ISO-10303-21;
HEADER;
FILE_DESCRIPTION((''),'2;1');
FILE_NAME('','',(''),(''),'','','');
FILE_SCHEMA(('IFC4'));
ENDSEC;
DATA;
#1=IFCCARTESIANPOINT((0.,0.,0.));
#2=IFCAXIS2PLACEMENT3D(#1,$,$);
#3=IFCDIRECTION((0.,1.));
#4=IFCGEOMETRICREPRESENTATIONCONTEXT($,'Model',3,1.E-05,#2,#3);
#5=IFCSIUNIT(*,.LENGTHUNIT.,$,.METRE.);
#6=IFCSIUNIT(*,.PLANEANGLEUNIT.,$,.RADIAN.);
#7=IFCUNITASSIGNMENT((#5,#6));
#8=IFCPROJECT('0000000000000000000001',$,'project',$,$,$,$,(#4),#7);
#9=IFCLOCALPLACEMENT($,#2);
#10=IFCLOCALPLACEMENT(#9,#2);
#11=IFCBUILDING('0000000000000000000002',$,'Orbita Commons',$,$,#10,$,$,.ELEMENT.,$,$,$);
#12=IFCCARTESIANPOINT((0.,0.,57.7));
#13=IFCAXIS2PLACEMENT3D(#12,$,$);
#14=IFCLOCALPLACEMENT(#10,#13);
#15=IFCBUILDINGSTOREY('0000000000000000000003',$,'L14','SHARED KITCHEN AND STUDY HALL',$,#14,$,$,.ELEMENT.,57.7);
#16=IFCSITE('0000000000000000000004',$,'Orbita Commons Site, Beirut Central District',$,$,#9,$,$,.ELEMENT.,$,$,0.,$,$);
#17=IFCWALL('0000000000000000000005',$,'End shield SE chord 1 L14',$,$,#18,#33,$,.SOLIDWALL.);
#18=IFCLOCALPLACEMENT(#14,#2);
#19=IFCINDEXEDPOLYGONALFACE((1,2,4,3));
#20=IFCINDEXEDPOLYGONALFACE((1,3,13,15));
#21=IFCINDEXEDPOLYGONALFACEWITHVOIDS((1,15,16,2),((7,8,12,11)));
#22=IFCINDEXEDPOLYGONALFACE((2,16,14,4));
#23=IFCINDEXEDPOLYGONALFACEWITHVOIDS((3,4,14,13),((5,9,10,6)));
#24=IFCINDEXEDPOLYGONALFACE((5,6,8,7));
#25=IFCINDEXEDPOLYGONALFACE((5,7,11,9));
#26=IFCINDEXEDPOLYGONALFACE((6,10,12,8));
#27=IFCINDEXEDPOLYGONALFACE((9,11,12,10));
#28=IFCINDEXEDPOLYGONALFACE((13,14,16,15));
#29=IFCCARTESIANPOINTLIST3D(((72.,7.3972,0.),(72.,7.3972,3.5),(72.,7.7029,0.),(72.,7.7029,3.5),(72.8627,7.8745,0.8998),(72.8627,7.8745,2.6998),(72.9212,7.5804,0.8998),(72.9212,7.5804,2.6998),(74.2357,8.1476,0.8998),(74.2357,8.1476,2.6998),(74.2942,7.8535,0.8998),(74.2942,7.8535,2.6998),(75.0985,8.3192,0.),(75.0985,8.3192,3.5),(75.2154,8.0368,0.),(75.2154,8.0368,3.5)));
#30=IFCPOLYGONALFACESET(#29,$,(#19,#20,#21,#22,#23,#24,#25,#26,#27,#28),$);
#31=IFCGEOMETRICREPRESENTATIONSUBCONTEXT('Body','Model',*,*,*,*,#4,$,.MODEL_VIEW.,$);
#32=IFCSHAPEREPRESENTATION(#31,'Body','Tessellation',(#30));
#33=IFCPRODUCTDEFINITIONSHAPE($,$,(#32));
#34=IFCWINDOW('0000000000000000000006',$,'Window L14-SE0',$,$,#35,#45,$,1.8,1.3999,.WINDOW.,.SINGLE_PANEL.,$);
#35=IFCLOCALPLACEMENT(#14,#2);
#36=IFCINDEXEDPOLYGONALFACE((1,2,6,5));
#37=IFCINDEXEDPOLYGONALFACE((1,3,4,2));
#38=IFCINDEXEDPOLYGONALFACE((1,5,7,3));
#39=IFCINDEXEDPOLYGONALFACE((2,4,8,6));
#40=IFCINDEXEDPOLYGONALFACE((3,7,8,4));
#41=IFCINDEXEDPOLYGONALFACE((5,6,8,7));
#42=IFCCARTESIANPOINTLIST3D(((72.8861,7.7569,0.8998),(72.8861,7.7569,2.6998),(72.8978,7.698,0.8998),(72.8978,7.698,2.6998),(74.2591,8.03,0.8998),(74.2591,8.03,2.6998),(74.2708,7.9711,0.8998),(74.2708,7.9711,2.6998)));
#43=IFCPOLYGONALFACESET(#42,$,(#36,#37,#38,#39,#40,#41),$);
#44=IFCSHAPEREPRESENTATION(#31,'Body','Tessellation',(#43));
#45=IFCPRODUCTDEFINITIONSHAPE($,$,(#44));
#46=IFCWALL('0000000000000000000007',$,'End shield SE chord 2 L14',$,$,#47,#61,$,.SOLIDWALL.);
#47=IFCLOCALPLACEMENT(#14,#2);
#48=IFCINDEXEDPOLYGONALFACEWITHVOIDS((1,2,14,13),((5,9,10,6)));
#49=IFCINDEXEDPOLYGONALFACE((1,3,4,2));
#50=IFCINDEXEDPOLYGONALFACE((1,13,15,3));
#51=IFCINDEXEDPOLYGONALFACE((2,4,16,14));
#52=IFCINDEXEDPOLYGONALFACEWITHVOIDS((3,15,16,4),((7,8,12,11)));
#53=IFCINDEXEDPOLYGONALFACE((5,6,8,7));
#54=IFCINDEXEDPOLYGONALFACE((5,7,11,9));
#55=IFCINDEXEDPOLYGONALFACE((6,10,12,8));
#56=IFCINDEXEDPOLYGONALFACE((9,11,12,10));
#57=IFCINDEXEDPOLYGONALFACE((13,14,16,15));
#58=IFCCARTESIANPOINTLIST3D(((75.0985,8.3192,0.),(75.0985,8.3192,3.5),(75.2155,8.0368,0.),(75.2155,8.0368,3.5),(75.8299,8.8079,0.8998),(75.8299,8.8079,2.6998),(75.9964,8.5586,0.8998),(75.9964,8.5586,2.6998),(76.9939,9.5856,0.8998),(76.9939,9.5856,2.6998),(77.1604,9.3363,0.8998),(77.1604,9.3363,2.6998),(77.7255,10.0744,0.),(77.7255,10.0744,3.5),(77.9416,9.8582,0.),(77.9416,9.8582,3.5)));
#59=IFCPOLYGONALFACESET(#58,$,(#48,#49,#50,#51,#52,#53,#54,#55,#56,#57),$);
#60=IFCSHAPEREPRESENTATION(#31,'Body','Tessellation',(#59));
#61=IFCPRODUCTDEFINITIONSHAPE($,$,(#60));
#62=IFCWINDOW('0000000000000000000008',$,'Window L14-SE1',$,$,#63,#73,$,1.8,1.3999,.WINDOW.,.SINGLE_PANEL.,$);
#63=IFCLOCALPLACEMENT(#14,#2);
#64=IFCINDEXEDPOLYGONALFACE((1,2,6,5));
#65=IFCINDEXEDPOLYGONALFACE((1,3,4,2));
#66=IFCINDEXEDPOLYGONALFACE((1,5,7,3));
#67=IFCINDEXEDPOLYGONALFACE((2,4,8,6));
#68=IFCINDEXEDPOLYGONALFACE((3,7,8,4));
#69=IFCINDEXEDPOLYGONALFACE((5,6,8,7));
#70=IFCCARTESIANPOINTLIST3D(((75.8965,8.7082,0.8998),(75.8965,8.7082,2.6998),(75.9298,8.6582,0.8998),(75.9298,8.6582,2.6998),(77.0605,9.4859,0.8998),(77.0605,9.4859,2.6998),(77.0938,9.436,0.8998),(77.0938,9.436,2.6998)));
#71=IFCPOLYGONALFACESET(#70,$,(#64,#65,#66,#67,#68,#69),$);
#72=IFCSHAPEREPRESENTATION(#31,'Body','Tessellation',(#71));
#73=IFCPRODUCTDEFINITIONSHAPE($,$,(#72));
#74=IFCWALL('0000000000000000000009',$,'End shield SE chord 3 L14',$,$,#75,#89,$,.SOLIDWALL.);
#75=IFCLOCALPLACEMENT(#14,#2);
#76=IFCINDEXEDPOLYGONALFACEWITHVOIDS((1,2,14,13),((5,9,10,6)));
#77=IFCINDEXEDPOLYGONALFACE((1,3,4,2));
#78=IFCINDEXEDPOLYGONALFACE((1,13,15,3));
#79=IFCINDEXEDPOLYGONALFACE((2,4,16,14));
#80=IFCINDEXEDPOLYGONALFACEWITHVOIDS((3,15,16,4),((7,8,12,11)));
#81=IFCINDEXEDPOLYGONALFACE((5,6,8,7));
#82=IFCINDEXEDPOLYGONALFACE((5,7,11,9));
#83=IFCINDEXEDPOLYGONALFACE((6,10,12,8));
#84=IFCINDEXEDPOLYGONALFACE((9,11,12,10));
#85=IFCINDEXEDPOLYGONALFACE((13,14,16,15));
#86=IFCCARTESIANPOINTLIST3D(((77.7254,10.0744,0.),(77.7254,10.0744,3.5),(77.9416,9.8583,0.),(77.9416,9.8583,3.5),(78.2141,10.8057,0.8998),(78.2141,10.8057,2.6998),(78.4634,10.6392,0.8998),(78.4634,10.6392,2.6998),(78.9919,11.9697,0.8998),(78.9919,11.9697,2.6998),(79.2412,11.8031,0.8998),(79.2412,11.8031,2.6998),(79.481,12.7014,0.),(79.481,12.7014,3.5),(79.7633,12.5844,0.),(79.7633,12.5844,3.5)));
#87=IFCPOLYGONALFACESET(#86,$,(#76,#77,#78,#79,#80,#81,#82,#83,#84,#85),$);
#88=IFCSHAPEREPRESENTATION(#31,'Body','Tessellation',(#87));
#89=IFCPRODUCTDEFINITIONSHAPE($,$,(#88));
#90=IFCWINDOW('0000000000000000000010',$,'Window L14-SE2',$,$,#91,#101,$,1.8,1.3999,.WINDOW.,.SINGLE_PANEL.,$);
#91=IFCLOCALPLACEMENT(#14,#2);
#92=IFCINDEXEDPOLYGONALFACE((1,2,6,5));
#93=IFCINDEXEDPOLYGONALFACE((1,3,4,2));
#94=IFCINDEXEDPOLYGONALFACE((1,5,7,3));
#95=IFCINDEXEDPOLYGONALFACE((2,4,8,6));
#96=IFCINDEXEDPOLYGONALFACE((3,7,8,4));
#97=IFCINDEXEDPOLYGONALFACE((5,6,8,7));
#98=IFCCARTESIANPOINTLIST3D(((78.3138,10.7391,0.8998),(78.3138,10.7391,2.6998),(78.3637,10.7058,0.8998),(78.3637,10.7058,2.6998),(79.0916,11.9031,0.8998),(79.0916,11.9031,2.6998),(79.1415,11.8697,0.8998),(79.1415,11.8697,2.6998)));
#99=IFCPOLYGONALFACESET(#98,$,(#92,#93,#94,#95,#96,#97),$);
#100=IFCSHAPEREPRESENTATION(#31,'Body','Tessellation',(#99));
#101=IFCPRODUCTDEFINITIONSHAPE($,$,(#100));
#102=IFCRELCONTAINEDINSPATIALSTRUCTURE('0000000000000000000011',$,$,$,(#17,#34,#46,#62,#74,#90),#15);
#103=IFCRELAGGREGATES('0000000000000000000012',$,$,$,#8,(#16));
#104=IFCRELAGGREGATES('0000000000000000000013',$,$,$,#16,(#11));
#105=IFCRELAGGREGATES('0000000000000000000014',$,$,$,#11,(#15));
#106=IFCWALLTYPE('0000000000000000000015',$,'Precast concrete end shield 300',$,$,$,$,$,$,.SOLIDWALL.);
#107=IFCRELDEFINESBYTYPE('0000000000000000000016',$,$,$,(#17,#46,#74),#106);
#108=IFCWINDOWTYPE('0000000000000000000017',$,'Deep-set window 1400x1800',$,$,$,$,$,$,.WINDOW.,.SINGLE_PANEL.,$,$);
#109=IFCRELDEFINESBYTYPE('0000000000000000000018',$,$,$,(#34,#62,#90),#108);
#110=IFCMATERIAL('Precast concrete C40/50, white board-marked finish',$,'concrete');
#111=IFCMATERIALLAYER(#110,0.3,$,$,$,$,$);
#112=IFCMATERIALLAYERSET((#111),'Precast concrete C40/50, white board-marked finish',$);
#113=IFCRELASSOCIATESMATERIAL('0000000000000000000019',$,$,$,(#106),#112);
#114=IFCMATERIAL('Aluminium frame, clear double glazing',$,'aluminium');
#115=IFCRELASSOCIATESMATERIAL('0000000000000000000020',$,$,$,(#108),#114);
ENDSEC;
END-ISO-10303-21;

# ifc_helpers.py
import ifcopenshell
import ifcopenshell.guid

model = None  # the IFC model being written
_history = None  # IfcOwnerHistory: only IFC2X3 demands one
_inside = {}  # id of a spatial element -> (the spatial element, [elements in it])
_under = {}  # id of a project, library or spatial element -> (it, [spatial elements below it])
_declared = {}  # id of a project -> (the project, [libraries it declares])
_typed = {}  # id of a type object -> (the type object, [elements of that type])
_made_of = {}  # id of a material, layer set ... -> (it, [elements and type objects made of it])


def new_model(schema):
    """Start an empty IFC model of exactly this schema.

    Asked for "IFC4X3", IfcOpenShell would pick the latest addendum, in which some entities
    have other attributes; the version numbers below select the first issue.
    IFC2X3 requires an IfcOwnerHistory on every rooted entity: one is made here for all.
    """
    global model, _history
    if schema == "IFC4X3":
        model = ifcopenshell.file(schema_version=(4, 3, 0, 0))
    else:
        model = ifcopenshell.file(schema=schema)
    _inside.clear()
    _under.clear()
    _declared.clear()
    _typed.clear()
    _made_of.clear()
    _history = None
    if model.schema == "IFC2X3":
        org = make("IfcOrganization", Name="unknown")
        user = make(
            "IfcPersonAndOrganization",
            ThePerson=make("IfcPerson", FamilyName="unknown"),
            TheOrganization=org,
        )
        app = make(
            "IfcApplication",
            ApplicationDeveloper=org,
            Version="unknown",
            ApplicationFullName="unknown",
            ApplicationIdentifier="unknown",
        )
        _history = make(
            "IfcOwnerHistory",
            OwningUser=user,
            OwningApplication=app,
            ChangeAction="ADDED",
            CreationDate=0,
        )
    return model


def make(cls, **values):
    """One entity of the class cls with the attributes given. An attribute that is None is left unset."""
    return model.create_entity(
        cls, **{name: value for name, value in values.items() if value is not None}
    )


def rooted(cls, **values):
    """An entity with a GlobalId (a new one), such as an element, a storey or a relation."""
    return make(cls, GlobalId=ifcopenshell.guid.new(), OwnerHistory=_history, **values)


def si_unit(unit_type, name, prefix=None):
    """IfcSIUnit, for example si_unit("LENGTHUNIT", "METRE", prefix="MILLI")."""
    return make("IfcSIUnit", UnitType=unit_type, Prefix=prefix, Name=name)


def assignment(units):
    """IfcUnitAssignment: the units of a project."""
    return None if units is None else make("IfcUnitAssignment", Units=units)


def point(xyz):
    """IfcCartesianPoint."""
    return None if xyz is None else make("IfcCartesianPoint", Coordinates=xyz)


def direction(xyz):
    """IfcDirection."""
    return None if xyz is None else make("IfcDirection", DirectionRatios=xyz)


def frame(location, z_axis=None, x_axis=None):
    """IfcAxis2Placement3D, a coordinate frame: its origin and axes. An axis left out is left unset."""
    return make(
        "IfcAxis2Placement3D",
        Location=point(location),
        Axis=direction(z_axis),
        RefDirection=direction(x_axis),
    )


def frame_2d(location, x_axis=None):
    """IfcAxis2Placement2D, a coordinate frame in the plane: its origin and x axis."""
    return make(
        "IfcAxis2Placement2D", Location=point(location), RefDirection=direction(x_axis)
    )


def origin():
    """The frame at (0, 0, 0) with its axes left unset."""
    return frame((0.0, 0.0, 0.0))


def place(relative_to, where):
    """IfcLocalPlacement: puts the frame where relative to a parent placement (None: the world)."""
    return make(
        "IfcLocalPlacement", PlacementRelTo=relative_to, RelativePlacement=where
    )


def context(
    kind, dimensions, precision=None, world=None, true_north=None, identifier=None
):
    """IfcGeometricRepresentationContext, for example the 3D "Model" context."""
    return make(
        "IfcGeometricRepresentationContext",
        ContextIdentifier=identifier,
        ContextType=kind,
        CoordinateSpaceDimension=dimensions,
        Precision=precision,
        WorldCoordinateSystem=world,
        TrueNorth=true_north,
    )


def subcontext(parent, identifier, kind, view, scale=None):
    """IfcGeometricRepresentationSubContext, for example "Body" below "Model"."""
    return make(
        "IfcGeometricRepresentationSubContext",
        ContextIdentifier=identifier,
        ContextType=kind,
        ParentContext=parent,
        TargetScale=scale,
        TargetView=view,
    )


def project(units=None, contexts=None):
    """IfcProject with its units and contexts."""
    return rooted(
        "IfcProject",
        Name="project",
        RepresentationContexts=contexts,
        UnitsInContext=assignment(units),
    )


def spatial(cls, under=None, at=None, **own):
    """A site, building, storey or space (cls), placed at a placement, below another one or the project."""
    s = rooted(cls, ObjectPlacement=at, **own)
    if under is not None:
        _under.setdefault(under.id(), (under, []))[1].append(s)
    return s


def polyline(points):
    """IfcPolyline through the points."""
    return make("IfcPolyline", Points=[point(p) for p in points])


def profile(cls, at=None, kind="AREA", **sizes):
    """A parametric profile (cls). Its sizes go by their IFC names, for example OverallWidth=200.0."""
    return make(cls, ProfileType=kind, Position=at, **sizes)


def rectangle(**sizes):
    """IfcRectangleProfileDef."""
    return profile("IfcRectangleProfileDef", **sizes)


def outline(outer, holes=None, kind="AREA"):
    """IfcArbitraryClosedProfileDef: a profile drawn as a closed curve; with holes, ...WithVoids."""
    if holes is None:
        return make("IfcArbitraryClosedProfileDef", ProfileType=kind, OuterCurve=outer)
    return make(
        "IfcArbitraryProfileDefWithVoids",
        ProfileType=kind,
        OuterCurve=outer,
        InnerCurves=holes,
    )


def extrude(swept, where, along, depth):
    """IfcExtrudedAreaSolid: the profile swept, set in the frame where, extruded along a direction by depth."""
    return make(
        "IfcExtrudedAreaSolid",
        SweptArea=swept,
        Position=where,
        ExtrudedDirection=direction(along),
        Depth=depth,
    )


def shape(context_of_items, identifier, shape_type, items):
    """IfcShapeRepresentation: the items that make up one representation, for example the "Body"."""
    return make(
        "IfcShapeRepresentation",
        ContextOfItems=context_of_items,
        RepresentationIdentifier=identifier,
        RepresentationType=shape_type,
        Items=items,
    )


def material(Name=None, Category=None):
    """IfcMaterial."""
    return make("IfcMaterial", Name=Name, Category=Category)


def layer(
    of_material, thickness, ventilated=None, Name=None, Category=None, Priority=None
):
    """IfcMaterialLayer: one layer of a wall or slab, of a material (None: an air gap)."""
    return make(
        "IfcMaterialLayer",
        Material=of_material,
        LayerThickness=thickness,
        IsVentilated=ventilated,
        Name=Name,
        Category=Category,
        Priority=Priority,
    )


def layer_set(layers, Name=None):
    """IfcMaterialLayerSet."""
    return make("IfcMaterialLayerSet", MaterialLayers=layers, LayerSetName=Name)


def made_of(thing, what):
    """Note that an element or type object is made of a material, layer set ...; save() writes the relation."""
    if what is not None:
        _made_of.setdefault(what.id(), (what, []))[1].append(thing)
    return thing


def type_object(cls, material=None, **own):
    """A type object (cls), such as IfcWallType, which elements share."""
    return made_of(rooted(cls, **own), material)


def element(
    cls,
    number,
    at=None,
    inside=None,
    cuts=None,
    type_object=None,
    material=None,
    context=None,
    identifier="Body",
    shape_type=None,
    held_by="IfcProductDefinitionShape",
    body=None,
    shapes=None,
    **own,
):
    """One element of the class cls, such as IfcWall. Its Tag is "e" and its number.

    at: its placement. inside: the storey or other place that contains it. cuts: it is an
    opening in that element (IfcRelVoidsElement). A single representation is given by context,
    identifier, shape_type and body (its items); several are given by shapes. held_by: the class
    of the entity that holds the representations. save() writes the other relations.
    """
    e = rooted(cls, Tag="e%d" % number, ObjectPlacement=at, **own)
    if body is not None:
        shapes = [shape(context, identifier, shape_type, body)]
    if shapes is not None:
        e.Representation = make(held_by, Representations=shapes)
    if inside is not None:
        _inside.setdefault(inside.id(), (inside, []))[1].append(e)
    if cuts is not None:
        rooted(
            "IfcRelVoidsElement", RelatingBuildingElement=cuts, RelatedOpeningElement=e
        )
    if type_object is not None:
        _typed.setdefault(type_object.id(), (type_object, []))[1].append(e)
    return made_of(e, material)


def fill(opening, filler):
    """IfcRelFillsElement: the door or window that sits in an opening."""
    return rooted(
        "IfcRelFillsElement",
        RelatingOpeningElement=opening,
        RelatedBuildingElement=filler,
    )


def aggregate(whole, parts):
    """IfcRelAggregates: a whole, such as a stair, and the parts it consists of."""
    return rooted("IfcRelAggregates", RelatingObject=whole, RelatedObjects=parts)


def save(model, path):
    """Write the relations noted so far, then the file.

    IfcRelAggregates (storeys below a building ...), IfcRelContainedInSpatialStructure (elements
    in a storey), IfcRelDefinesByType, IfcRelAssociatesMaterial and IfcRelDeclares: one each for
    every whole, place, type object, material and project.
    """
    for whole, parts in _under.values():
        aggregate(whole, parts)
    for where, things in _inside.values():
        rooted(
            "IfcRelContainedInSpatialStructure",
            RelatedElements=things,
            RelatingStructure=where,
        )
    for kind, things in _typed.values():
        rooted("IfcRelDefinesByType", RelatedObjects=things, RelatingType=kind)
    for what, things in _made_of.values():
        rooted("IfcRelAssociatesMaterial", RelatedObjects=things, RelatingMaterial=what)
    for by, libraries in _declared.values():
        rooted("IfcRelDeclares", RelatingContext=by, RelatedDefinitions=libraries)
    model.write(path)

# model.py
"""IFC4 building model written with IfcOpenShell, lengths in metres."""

from ifc_helpers import new_model, si_unit, direction, frame, frame_2d, origin, place, context, subcontext, project, spatial, polyline, rectangle, outline, extrude, material, layer, layer_set, type_object, element, fill, save


model = new_model("IFC4")

# Units and contexts
model_context = context("Model", 3, precision=1e-05, world=origin(), true_north=direction((0.0, 1.0)))
body_context = subcontext(model_context, "Body", "Model", "MODEL_VIEW")
ifc_project = project(units=[si_unit("LENGTHUNIT", "METRE"), si_unit("PLANEANGLEUNIT", "RADIAN")], contexts=[model_context])

# Site, building, storey
site_placement = place(None, origin())
site = spatial("IfcSite", under=ifc_project, at=site_placement, Name="Orbita Commons Site, Beirut Central District", CompositionType="ELEMENT", RefElevation=0.0)
building_placement = place(site_placement, origin())
building = spatial("IfcBuilding", under=site, at=building_placement, Name="Orbita Commons", CompositionType="ELEMENT")
storey_placement = place(building_placement, frame((0.0, 0.0, 57.7)))
storey = spatial("IfcBuildingStorey", under=building, at=storey_placement, Name="L14", Description="SHARED KITCHEN AND STUDY HALL", CompositionType="ELEMENT", Elevation=57.7)

# Walls, openings, windows
ifc_material_1 = material(Name="Precast concrete C40/50, white board-marked finish", Category="concrete")
ifc_layer_1 = layer(ifc_material_1, 0.3)
ifc_layer_set_1 = layer_set([ifc_layer_1], Name="Precast concrete C40/50, white board-marked finish")
wall_type_1 = type_object("IfcWallType", Name="Precast concrete end shield 300", PredefinedType="SOLIDWALL", material=ifc_layer_set_1)
wall_1_placement = place(storey_placement, frame((72.0, 7.55, 0.0), z_axis=(0.0, 0.0, 1.0), x_axis=(0.980787, 0.19508, 0.0)))
wall_1 = element("IfcWall", 1, at=wall_1_placement, inside=storey, type_object=wall_type_1, Name="End shield SE chord 1 L14", PredefinedType="SOLIDWALL", context=body_context, shape_type="SweptSolid", body=[
    extrude(outline(polyline([(-0.0298, -0.1499), (3.2485, -0.1499), (3.189, 0.1499), (0.0298, 0.1499), (-0.0298, -0.1499)])), origin(), (0.0, 0.0, 1.0), 3.5),
])
opening_1_placement = place(wall_1_placement, frame((0.9094, 0.0, 0.8999)))
opening_1 = element("IfcOpeningElement", 2, at=opening_1_placement, cuts=wall_1, PredefinedType="OPENING", context=body_context, shape_type="SweptSolid", body=[
    extrude(rectangle(XDim=1.3999, YDim=1.8, at=frame_2d((0.7, 0.8999))), frame((0.0, 0.1599, 0.0), z_axis=(0.0, -1.0, 0.0), x_axis=(1.0, 0.0, 0.0)), (0.0, 0.0, 1.0), 0.3201),
])
ifc_material_2 = material(Name="Aluminium frame, clear double glazing", Category="aluminium")
window_type = type_object("IfcWindowType", Name="Deep-set window 1400x1800", PartitioningType="SINGLE_PANEL", PredefinedType="WINDOW", material=ifc_material_2)
window_1_placement = place(opening_1_placement, origin())
window_1 = element("IfcWindow", 3, at=window_1_placement, inside=storey, type_object=window_type, Name="Window L14-SE0", OverallHeight=1.8, OverallWidth=1.3999, PartitioningType="SINGLE_PANEL", PredefinedType="WINDOW", context=body_context, shape_type="SweptSolid", body=[
    extrude(rectangle(XDim=1.3999, YDim=1.8, at=frame_2d((0.7, 0.8999))), frame((0.0, 0.03, 0.0), z_axis=(0.0, -1.0, 0.0), x_axis=(1.0, 0.0, 0.0)), (0.0, 0.0, 1.0), 0.0601),
])
fill(opening_1, window_1)
wall_2_placement = place(storey_placement, frame((75.157, 8.178, 0.0), z_axis=(0.0, 0.0, 1.0), x_axis=(0.831478, 0.555558, 0.0)))
wall_2 = element("IfcWall", 4, at=wall_2_placement, inside=storey, type_object=wall_type_1, Name="End shield SE chord 2 L14", PredefinedType="SOLIDWALL", context=body_context, shape_type="SweptSolid", body=[
    extrude(outline(polyline([(-0.0298, -0.1499), (3.2488, -0.1499), (3.1892, 0.1499), (0.0298, 0.1499), (-0.0298, -0.1499)])), origin(), (0.0, 0.0, 1.0), 3.5),
])
opening_2_placement = place(wall_2_placement, frame((0.9094, 0.0, 0.8999)))
opening_2 = element("IfcOpeningElement", 5, at=opening_2_placement, cuts=wall_2, PredefinedType="OPENING", context=body_context, shape_type="SweptSolid", body=[
    extrude(rectangle(XDim=1.3999, YDim=1.8, at=frame_2d((0.7, 0.8999))), frame((0.0, 0.1599, 0.0), z_axis=(0.0, -1.0, 0.0), x_axis=(1.0, 0.0, 0.0)), (0.0, 0.0, 1.0), 0.3201),
])
window_2_placement = place(opening_2_placement, origin())
window_2 = element("IfcWindow", 6, at=window_2_placement, inside=storey, type_object=window_type, Name="Window L14-SE1", OverallHeight=1.8, OverallWidth=1.3999, PartitioningType="SINGLE_PANEL", PredefinedType="WINDOW", context=body_context, shape_type="SweptSolid", body=[
    extrude(rectangle(XDim=1.3999, YDim=1.8, at=frame_2d((0.7, 0.8999))), frame((0.0, 0.03, 0.0), z_axis=(0.0, -1.0, 0.0), x_axis=(1.0, 0.0, 0.0)), (0.0, 0.0, 1.0), 0.0601),
])
fill(opening_2, window_2)
wall_3_placement = place(storey_placement, frame((77.8335, 9.9663, 0.0), z_axis=(0.0, 0.0, 1.0), x_axis=(0.55561, 0.831443, 0.0)))
wall_3 = element("IfcWall", 7, at=wall_3_placement, inside=storey, type_object=wall_type_1, Name="End shield SE chord 3 L14", PredefinedType="SOLIDWALL", context=body_context, shape_type="SweptSolid", body=[
    extrude(outline(polyline([(-0.0298, -0.1499), (3.249, -0.1499), (3.1895, 0.1499), (0.0298, 0.1499), (-0.0298, -0.1499)])), origin(), (0.0, 0.0, 1.0), 3.5),
])
opening_3_placement = place(wall_3_placement, frame((0.9094, 0.0, 0.8999)))
opening_3 = element("IfcOpeningElement", 8, at=opening_3_placement, cuts=wall_3, PredefinedType="OPENING", context=body_context, shape_type="SweptSolid", body=[
    extrude(rectangle(XDim=1.3999, YDim=1.8, at=frame_2d((0.7, 0.8999))), frame((0.0, 0.1599, 0.0), z_axis=(0.0, -1.0, 0.0), x_axis=(1.0, 0.0, 0.0)), (0.0, 0.0, 1.0), 0.3201),
])
window_3_placement = place(opening_3_placement, origin())
window_3 = element("IfcWindow", 9, at=window_3_placement, inside=storey, type_object=window_type, Name="Window L14-SE2", OverallHeight=1.8, OverallWidth=1.3999, PartitioningType="SINGLE_PANEL", PredefinedType="WINDOW", context=body_context, shape_type="SweptSolid", body=[
    extrude(rectangle(XDim=1.3999, YDim=1.8, at=frame_2d((0.7, 0.8999))), frame((0.0, 0.03, 0.0), z_axis=(0.0, -1.0, 0.0), x_axis=(1.0, 0.0, 0.0)), (0.0, 0.0, 1.0), 0.0601),
])
fill(opening_3, window_3)

save(model, "model.ifc")
